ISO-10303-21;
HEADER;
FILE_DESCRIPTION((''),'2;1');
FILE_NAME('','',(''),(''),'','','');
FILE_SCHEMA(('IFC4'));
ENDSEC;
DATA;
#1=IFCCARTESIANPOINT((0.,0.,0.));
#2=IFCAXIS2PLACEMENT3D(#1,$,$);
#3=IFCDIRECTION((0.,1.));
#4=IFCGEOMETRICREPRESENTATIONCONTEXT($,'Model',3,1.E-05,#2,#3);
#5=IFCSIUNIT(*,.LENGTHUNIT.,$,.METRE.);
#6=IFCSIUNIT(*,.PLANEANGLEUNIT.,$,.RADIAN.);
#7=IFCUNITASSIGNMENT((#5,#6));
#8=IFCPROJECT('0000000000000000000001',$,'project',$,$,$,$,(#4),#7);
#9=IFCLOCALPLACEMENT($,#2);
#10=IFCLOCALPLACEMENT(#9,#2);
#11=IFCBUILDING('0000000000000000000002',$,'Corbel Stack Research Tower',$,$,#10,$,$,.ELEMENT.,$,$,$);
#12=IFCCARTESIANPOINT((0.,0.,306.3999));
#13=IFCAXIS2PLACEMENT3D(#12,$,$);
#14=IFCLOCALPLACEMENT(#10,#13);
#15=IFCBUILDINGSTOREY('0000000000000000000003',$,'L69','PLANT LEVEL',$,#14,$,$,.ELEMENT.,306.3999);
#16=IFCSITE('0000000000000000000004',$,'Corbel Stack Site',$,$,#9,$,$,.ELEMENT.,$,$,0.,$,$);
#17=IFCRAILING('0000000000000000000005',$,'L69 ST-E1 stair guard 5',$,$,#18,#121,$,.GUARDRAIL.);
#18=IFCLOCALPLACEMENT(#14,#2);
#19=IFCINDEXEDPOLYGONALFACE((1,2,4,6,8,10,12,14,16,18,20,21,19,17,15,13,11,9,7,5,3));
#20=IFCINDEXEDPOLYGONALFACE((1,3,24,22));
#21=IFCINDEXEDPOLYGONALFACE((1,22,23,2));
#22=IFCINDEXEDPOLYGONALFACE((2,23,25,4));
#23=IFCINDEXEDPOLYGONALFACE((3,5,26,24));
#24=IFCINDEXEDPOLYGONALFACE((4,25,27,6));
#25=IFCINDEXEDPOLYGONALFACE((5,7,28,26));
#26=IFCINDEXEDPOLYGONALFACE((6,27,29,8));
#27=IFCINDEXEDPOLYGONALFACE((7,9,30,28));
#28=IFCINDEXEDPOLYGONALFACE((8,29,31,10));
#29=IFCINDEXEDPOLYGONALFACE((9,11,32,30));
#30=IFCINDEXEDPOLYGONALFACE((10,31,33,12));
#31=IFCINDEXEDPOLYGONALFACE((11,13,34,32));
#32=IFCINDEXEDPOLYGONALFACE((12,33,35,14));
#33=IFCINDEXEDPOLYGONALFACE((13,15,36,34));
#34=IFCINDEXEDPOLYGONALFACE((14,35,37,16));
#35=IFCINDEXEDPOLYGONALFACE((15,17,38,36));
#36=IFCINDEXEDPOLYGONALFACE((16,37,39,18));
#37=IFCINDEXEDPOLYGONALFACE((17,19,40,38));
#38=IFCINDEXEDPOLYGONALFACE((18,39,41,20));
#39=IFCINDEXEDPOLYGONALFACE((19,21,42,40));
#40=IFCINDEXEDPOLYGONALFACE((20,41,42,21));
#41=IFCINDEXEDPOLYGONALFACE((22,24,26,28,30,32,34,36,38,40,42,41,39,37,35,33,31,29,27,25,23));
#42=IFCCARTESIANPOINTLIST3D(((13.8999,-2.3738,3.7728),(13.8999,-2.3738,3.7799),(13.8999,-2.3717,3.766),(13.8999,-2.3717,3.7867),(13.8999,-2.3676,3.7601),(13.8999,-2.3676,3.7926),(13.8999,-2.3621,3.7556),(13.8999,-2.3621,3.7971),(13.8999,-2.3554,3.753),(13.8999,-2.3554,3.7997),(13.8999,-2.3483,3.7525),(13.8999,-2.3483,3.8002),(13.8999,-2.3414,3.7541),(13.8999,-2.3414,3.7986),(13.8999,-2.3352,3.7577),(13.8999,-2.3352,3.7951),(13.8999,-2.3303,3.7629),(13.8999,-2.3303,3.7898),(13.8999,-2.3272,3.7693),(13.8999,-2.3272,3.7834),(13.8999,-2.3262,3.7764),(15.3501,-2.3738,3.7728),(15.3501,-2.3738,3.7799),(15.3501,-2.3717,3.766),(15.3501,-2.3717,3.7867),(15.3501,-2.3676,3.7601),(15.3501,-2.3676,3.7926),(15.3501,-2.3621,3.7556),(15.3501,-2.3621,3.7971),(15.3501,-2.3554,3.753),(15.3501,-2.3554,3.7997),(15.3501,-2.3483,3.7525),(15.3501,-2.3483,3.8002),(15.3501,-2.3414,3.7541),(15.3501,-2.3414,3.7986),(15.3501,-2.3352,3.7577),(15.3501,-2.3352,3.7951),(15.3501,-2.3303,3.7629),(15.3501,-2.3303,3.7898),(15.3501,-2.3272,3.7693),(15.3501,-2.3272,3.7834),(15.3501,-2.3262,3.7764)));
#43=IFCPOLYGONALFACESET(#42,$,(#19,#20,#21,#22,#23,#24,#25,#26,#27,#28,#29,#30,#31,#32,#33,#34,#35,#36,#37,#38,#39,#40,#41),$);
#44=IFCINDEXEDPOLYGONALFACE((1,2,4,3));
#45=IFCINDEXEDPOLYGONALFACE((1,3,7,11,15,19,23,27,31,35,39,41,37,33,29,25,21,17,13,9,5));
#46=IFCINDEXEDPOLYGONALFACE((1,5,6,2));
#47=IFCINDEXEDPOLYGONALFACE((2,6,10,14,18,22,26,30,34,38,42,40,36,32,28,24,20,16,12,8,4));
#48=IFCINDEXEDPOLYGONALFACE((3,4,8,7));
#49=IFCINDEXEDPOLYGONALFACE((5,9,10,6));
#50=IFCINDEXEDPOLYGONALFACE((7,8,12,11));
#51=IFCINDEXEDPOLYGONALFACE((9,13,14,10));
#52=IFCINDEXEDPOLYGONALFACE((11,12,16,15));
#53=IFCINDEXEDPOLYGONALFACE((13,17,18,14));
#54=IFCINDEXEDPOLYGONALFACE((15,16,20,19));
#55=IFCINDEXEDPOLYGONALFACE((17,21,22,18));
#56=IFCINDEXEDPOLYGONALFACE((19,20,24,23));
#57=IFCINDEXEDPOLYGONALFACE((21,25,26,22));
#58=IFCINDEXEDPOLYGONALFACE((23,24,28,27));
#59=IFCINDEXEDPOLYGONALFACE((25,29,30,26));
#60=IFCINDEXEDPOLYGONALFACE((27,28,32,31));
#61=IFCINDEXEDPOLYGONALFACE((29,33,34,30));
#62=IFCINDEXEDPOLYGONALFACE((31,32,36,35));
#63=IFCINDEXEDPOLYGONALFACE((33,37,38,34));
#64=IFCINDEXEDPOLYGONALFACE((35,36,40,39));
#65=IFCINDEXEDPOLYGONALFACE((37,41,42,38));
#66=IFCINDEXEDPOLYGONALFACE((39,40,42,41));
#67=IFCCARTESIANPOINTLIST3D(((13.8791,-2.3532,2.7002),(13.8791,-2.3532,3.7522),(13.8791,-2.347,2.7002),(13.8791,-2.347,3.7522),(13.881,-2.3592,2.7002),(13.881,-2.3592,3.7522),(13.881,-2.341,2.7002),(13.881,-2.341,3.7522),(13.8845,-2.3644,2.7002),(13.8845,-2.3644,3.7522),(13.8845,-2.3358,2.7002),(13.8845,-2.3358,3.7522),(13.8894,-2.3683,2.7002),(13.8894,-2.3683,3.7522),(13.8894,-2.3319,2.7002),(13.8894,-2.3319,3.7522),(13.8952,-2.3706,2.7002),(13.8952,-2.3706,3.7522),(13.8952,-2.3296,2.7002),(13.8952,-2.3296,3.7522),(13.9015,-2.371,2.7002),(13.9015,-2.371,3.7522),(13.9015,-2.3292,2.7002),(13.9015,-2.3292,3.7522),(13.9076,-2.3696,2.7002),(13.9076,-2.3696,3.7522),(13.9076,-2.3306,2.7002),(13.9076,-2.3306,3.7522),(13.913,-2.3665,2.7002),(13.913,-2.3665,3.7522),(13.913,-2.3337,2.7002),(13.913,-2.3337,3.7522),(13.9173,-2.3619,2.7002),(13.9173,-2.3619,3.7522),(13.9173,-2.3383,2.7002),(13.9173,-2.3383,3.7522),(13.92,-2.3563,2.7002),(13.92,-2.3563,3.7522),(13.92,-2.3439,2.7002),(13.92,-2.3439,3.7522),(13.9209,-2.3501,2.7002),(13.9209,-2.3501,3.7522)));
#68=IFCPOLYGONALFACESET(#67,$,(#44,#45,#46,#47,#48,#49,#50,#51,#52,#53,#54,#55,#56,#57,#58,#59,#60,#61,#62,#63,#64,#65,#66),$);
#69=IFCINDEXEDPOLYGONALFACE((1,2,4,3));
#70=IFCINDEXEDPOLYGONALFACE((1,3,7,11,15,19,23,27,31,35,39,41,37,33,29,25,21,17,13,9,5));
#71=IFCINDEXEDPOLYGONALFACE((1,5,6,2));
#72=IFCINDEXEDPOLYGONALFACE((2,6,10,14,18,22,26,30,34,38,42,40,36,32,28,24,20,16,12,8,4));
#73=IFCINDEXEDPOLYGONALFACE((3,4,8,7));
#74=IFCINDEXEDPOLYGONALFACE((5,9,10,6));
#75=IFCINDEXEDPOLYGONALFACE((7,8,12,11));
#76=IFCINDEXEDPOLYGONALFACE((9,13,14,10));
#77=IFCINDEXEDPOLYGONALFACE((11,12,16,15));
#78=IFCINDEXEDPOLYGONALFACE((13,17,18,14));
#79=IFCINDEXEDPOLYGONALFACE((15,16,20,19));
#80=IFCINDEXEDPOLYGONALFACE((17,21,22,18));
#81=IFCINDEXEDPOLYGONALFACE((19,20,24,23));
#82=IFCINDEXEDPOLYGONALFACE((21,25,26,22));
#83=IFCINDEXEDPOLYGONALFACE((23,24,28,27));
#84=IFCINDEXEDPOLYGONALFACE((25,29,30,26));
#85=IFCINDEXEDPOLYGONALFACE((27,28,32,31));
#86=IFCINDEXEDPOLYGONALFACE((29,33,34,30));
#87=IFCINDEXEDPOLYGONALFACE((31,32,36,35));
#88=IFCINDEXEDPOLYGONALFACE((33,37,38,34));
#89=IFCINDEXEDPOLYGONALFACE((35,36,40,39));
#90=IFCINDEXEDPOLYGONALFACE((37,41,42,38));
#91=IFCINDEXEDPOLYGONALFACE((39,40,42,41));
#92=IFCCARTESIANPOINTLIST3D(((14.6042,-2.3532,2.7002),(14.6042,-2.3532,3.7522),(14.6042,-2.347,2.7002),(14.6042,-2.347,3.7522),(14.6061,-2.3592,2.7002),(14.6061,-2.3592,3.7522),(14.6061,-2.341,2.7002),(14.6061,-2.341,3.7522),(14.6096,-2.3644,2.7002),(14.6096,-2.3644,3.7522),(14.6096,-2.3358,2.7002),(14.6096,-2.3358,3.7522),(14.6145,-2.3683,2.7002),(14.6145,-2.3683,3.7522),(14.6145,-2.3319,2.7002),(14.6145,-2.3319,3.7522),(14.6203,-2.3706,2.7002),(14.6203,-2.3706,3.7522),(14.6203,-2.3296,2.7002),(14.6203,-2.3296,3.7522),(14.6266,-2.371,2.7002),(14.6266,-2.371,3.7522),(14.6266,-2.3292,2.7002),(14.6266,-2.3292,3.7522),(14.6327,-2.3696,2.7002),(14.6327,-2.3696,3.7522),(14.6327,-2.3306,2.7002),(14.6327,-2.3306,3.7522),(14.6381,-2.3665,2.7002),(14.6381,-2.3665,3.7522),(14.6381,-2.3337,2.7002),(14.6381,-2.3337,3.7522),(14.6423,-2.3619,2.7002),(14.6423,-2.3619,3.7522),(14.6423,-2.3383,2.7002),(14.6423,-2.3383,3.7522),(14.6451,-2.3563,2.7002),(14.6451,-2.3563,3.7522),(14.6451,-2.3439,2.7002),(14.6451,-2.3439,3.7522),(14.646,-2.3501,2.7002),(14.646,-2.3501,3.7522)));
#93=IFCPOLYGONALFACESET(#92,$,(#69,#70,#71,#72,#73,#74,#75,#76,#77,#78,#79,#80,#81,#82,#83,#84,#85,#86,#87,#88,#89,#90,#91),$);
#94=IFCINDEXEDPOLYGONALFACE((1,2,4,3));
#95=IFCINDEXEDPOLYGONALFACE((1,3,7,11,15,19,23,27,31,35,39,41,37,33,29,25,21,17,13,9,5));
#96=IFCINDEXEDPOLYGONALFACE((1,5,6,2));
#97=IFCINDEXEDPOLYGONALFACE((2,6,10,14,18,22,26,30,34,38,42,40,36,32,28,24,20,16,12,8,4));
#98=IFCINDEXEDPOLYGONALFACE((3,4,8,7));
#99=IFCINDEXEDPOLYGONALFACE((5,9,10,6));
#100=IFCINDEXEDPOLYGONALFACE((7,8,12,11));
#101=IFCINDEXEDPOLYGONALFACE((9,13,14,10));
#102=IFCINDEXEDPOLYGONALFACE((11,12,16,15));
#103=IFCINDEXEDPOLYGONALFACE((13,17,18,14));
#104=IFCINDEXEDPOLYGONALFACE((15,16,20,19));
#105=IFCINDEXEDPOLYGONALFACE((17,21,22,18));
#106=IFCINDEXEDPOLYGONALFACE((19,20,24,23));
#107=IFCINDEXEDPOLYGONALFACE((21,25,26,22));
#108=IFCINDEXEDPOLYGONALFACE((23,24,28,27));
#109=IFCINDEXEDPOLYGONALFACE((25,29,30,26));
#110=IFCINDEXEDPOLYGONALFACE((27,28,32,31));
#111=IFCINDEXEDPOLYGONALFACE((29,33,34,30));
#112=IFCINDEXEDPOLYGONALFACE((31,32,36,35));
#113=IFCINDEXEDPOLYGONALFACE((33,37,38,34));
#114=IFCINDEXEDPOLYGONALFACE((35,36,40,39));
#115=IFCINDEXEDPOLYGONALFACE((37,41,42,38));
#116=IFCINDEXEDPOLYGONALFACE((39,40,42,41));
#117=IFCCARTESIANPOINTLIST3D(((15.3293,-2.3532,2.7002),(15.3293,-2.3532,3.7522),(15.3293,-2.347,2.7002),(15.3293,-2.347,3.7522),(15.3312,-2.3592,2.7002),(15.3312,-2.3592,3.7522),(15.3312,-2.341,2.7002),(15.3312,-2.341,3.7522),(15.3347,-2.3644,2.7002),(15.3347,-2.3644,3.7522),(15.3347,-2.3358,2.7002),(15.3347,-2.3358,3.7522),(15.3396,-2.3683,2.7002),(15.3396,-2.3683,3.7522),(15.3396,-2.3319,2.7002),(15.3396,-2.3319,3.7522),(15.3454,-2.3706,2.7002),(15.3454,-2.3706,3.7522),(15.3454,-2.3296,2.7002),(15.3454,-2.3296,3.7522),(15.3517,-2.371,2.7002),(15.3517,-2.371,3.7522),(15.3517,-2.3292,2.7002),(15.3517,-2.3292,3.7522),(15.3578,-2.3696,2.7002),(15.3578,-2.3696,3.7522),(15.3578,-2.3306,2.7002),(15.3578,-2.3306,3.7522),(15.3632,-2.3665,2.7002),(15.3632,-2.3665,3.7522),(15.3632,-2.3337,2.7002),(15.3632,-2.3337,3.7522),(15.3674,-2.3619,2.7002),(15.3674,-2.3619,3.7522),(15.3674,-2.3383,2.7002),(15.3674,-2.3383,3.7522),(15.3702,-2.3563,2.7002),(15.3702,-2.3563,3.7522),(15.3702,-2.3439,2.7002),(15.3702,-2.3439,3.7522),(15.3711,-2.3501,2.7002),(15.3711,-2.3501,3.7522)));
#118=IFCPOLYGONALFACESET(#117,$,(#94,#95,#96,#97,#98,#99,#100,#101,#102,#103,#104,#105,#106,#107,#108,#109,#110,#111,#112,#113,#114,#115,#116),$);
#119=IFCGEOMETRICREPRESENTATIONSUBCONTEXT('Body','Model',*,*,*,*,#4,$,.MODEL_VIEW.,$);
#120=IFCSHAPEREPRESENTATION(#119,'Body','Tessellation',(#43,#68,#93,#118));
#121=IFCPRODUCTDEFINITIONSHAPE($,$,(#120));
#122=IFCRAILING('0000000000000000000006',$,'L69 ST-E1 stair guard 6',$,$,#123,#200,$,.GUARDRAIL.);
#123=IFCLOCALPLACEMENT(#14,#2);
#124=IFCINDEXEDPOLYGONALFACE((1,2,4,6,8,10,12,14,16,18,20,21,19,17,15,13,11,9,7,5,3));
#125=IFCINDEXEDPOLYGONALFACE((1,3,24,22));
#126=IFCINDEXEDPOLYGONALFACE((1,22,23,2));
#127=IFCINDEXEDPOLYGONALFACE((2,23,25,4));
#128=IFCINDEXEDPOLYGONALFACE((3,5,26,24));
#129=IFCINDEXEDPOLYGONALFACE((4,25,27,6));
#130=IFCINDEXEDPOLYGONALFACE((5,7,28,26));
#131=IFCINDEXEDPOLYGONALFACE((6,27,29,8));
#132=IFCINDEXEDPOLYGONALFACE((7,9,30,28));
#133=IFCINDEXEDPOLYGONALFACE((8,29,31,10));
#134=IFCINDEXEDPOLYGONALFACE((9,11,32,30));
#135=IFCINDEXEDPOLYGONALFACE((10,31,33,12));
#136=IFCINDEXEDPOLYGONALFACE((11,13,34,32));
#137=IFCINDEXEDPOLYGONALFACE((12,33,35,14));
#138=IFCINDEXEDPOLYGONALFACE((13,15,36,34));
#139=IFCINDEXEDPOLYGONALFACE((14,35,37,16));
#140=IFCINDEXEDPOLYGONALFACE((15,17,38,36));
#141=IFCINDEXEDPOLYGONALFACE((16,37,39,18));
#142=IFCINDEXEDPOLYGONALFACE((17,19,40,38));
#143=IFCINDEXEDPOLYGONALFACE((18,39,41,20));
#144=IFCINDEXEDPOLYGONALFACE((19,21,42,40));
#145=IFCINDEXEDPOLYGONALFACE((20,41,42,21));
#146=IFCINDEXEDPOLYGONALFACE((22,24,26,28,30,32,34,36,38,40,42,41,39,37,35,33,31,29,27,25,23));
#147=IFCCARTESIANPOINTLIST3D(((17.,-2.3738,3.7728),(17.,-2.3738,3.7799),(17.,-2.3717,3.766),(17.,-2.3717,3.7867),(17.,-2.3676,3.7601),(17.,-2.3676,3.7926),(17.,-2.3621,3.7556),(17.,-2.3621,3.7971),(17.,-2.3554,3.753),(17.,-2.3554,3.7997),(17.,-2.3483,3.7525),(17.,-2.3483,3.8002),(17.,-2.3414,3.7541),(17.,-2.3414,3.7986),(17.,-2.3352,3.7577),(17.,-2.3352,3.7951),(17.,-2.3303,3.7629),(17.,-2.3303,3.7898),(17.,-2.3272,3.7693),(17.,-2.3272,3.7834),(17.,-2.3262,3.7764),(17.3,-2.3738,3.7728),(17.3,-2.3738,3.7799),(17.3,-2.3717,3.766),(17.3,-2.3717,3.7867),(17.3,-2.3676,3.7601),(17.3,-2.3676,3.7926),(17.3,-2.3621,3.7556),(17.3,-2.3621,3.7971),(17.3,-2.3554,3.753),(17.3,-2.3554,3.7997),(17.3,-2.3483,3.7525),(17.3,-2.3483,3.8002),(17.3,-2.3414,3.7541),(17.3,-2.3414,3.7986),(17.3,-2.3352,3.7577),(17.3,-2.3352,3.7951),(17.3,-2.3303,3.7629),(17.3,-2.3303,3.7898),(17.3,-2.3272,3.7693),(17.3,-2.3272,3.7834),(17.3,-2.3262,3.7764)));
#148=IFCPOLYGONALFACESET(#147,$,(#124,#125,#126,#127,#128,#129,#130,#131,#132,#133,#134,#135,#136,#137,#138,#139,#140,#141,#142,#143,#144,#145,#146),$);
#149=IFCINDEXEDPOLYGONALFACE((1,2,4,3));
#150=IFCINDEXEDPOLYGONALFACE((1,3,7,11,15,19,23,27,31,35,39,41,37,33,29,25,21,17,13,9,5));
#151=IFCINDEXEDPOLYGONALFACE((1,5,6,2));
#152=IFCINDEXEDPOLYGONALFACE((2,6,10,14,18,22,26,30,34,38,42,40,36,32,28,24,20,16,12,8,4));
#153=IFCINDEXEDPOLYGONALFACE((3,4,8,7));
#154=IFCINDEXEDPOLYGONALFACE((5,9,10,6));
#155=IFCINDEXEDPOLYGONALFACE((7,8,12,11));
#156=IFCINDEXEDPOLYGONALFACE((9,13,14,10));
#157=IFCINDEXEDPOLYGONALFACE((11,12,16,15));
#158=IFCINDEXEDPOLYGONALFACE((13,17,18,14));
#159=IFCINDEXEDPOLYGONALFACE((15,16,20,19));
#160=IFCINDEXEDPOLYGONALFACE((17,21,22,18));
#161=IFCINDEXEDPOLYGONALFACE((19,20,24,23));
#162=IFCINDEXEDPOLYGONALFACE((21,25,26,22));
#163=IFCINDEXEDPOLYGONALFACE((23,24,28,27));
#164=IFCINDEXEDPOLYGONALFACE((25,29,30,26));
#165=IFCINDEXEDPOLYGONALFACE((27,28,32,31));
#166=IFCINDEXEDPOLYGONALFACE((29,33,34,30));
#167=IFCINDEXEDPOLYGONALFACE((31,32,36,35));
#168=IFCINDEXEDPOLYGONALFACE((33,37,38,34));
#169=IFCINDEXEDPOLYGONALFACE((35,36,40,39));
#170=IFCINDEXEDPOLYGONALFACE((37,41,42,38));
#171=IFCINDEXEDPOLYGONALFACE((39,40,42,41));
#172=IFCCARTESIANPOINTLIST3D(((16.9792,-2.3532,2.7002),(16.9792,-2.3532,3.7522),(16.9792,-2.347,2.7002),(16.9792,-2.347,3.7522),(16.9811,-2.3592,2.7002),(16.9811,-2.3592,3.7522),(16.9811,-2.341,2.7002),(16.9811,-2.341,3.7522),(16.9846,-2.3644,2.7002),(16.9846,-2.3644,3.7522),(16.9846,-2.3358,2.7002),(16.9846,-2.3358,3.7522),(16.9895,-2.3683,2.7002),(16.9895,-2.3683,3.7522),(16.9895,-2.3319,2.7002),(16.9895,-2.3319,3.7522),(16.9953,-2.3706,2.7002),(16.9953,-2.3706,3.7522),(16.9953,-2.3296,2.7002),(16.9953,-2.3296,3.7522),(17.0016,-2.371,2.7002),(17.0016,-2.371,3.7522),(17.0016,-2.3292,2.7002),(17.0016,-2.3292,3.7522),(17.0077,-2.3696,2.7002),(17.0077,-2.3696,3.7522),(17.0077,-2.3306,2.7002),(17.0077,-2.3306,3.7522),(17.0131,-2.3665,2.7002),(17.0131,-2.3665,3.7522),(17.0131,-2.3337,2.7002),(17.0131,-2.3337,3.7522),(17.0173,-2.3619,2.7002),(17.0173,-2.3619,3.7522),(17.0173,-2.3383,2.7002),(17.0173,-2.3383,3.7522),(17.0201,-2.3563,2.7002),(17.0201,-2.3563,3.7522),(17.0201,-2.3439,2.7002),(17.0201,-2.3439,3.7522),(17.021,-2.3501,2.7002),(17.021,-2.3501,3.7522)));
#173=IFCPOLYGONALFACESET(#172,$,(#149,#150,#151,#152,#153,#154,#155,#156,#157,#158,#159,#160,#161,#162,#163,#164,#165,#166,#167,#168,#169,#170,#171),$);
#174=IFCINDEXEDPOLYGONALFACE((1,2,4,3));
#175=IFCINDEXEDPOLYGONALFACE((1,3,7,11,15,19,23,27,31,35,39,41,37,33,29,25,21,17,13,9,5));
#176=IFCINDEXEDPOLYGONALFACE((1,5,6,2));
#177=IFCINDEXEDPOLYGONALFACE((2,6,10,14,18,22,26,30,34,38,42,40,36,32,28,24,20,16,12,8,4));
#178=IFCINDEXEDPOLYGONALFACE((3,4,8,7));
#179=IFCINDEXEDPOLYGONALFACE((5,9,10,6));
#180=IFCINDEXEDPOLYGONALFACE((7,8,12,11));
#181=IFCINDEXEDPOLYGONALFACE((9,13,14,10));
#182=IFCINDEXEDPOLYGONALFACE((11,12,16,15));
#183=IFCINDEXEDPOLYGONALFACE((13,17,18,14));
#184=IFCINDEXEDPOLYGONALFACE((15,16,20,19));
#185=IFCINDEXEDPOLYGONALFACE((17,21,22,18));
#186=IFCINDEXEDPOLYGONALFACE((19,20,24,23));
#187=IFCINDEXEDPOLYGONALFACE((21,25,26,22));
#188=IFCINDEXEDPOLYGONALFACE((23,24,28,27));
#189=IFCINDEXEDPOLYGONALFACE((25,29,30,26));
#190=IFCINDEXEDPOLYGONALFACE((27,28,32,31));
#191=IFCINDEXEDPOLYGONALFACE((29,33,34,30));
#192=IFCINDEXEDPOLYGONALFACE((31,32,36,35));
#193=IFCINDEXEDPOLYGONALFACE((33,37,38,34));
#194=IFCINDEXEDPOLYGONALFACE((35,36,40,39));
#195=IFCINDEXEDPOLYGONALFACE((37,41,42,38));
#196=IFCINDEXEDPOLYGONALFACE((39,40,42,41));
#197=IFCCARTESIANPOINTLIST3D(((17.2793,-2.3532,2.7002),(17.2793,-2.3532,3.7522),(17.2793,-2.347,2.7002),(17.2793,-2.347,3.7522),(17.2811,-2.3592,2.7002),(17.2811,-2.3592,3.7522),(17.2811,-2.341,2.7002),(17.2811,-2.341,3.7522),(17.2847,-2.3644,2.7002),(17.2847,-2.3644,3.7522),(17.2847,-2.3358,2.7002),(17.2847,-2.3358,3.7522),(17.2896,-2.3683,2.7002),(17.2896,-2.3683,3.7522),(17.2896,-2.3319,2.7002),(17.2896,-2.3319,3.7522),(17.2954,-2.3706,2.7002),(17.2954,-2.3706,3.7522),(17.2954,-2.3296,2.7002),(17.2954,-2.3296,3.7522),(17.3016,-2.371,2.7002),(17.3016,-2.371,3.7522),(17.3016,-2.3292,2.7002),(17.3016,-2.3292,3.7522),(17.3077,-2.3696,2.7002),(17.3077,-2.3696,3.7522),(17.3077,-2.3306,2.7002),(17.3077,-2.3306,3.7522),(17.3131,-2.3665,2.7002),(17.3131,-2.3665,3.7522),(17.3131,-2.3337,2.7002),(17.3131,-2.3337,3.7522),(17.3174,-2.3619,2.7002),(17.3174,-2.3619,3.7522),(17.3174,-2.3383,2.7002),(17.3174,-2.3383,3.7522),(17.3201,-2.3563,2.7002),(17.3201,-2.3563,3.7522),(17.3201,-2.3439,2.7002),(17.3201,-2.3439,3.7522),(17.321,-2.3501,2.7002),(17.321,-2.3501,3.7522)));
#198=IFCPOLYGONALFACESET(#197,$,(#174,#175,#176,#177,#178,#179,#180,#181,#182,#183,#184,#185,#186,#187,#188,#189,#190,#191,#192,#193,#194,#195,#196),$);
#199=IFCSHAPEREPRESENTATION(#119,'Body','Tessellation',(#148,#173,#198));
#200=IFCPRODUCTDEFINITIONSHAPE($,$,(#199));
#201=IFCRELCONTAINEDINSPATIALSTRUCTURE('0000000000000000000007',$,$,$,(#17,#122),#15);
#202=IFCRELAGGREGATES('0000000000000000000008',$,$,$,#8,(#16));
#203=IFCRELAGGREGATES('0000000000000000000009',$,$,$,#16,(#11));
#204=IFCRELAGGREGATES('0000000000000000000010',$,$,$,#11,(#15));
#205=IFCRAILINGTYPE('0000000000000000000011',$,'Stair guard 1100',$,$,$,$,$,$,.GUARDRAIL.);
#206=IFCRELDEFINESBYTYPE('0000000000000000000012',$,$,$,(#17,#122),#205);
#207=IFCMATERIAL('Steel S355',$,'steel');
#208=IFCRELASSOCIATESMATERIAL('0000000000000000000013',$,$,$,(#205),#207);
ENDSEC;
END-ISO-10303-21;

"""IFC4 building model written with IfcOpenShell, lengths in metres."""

from ifc_helpers import new_model, si_unit, direction, frame, origin, origin_2d, place, context, subcontext, project, spatial, circle, extrude, material, type_object, element, save


model = new_model("IFC4")

# Units and contexts
model_context = context("Model", 3, precision=1e-05, world=origin(), true_north=direction((0.0, 1.0)))
body_context = subcontext(model_context, "Body", "Model", "MODEL_VIEW")
ifc_project = project(units=[si_unit("LENGTHUNIT", "METRE"), si_unit("PLANEANGLEUNIT", "RADIAN")], contexts=[model_context])

# Site, building, storey
site_placement = place(None, origin())
site = spatial("IfcSite", under=ifc_project, at=site_placement, Name="Corbel Stack Site", CompositionType="ELEMENT", RefElevation=0.0)
building_placement = place(site_placement, origin())
building = spatial("IfcBuilding", under=site, at=building_placement, Name="Corbel Stack Research Tower", CompositionType="ELEMENT")
storey_placement = place(building_placement, frame((0.0, 0.0, 306.3999)))
storey = spatial("IfcBuildingStorey", under=building, at=storey_placement, Name="L69", Description="PLANT LEVEL", CompositionType="ELEMENT", Elevation=306.3999)

# Railings
ifc_material_1 = material(Name="Steel S355", Category="steel")
railing_type_1 = type_object("IfcRailingType", Name="Stair guard 1100", PredefinedType="GUARDRAIL", material=ifc_material_1)
railing_1_placement = place(storey_placement, frame((13.8999, -2.3501, 2.7002)))
element("IfcRailing", 1, at=railing_1_placement, inside=storey, type_object=railing_type_1, Name="L69 ST-E1 stair guard 5", PredefinedType="GUARDRAIL", context=body_context, shape_type="SweptSolid", body=[
    extrude(circle(Radius=0.0239, at=origin_2d()), frame((0.0, 0.0, 1.0762), z_axis=(1.0, 0.0, 0.0), x_axis=(0.0, 1.0, 0.0)), (0.0, 0.0, 1.0), 1.4502),
    extrude(circle(Radius=0.021, at=origin_2d()), origin(), (0.0, 0.0, 1.0), 1.052),
    extrude(circle(Radius=0.021, at=origin_2d()), frame((0.7251, 0.0, 0.0)), (0.0, 0.0, 1.0), 1.052),
    extrude(circle(Radius=0.021, at=origin_2d()), frame((1.4502, 0.0, 0.0)), (0.0, 0.0, 1.0), 1.052),
])
railing_2_placement = place(storey_placement, frame((17.0, -2.3501, 2.7002)))
element("IfcRailing", 2, at=railing_2_placement, inside=storey, type_object=railing_type_1, Name="L69 ST-E1 stair guard 6", PredefinedType="GUARDRAIL", context=body_context, shape_type="SweptSolid", body=[
    extrude(circle(Radius=0.0239, at=origin_2d()), frame((0.0, 0.0, 1.0762), z_axis=(1.0, 0.0, 0.0), x_axis=(0.0, 1.0, 0.0)), (0.0, 0.0, 1.0), 0.3),
    extrude(circle(Radius=0.021, at=origin_2d()), origin(), (0.0, 0.0, 1.0), 1.052),
    extrude(circle(Radius=0.021, at=origin_2d()), frame((0.3, 0.0, 0.0)), (0.0, 0.0, 1.0), 1.052),
])

save(model, "model.ifc")
